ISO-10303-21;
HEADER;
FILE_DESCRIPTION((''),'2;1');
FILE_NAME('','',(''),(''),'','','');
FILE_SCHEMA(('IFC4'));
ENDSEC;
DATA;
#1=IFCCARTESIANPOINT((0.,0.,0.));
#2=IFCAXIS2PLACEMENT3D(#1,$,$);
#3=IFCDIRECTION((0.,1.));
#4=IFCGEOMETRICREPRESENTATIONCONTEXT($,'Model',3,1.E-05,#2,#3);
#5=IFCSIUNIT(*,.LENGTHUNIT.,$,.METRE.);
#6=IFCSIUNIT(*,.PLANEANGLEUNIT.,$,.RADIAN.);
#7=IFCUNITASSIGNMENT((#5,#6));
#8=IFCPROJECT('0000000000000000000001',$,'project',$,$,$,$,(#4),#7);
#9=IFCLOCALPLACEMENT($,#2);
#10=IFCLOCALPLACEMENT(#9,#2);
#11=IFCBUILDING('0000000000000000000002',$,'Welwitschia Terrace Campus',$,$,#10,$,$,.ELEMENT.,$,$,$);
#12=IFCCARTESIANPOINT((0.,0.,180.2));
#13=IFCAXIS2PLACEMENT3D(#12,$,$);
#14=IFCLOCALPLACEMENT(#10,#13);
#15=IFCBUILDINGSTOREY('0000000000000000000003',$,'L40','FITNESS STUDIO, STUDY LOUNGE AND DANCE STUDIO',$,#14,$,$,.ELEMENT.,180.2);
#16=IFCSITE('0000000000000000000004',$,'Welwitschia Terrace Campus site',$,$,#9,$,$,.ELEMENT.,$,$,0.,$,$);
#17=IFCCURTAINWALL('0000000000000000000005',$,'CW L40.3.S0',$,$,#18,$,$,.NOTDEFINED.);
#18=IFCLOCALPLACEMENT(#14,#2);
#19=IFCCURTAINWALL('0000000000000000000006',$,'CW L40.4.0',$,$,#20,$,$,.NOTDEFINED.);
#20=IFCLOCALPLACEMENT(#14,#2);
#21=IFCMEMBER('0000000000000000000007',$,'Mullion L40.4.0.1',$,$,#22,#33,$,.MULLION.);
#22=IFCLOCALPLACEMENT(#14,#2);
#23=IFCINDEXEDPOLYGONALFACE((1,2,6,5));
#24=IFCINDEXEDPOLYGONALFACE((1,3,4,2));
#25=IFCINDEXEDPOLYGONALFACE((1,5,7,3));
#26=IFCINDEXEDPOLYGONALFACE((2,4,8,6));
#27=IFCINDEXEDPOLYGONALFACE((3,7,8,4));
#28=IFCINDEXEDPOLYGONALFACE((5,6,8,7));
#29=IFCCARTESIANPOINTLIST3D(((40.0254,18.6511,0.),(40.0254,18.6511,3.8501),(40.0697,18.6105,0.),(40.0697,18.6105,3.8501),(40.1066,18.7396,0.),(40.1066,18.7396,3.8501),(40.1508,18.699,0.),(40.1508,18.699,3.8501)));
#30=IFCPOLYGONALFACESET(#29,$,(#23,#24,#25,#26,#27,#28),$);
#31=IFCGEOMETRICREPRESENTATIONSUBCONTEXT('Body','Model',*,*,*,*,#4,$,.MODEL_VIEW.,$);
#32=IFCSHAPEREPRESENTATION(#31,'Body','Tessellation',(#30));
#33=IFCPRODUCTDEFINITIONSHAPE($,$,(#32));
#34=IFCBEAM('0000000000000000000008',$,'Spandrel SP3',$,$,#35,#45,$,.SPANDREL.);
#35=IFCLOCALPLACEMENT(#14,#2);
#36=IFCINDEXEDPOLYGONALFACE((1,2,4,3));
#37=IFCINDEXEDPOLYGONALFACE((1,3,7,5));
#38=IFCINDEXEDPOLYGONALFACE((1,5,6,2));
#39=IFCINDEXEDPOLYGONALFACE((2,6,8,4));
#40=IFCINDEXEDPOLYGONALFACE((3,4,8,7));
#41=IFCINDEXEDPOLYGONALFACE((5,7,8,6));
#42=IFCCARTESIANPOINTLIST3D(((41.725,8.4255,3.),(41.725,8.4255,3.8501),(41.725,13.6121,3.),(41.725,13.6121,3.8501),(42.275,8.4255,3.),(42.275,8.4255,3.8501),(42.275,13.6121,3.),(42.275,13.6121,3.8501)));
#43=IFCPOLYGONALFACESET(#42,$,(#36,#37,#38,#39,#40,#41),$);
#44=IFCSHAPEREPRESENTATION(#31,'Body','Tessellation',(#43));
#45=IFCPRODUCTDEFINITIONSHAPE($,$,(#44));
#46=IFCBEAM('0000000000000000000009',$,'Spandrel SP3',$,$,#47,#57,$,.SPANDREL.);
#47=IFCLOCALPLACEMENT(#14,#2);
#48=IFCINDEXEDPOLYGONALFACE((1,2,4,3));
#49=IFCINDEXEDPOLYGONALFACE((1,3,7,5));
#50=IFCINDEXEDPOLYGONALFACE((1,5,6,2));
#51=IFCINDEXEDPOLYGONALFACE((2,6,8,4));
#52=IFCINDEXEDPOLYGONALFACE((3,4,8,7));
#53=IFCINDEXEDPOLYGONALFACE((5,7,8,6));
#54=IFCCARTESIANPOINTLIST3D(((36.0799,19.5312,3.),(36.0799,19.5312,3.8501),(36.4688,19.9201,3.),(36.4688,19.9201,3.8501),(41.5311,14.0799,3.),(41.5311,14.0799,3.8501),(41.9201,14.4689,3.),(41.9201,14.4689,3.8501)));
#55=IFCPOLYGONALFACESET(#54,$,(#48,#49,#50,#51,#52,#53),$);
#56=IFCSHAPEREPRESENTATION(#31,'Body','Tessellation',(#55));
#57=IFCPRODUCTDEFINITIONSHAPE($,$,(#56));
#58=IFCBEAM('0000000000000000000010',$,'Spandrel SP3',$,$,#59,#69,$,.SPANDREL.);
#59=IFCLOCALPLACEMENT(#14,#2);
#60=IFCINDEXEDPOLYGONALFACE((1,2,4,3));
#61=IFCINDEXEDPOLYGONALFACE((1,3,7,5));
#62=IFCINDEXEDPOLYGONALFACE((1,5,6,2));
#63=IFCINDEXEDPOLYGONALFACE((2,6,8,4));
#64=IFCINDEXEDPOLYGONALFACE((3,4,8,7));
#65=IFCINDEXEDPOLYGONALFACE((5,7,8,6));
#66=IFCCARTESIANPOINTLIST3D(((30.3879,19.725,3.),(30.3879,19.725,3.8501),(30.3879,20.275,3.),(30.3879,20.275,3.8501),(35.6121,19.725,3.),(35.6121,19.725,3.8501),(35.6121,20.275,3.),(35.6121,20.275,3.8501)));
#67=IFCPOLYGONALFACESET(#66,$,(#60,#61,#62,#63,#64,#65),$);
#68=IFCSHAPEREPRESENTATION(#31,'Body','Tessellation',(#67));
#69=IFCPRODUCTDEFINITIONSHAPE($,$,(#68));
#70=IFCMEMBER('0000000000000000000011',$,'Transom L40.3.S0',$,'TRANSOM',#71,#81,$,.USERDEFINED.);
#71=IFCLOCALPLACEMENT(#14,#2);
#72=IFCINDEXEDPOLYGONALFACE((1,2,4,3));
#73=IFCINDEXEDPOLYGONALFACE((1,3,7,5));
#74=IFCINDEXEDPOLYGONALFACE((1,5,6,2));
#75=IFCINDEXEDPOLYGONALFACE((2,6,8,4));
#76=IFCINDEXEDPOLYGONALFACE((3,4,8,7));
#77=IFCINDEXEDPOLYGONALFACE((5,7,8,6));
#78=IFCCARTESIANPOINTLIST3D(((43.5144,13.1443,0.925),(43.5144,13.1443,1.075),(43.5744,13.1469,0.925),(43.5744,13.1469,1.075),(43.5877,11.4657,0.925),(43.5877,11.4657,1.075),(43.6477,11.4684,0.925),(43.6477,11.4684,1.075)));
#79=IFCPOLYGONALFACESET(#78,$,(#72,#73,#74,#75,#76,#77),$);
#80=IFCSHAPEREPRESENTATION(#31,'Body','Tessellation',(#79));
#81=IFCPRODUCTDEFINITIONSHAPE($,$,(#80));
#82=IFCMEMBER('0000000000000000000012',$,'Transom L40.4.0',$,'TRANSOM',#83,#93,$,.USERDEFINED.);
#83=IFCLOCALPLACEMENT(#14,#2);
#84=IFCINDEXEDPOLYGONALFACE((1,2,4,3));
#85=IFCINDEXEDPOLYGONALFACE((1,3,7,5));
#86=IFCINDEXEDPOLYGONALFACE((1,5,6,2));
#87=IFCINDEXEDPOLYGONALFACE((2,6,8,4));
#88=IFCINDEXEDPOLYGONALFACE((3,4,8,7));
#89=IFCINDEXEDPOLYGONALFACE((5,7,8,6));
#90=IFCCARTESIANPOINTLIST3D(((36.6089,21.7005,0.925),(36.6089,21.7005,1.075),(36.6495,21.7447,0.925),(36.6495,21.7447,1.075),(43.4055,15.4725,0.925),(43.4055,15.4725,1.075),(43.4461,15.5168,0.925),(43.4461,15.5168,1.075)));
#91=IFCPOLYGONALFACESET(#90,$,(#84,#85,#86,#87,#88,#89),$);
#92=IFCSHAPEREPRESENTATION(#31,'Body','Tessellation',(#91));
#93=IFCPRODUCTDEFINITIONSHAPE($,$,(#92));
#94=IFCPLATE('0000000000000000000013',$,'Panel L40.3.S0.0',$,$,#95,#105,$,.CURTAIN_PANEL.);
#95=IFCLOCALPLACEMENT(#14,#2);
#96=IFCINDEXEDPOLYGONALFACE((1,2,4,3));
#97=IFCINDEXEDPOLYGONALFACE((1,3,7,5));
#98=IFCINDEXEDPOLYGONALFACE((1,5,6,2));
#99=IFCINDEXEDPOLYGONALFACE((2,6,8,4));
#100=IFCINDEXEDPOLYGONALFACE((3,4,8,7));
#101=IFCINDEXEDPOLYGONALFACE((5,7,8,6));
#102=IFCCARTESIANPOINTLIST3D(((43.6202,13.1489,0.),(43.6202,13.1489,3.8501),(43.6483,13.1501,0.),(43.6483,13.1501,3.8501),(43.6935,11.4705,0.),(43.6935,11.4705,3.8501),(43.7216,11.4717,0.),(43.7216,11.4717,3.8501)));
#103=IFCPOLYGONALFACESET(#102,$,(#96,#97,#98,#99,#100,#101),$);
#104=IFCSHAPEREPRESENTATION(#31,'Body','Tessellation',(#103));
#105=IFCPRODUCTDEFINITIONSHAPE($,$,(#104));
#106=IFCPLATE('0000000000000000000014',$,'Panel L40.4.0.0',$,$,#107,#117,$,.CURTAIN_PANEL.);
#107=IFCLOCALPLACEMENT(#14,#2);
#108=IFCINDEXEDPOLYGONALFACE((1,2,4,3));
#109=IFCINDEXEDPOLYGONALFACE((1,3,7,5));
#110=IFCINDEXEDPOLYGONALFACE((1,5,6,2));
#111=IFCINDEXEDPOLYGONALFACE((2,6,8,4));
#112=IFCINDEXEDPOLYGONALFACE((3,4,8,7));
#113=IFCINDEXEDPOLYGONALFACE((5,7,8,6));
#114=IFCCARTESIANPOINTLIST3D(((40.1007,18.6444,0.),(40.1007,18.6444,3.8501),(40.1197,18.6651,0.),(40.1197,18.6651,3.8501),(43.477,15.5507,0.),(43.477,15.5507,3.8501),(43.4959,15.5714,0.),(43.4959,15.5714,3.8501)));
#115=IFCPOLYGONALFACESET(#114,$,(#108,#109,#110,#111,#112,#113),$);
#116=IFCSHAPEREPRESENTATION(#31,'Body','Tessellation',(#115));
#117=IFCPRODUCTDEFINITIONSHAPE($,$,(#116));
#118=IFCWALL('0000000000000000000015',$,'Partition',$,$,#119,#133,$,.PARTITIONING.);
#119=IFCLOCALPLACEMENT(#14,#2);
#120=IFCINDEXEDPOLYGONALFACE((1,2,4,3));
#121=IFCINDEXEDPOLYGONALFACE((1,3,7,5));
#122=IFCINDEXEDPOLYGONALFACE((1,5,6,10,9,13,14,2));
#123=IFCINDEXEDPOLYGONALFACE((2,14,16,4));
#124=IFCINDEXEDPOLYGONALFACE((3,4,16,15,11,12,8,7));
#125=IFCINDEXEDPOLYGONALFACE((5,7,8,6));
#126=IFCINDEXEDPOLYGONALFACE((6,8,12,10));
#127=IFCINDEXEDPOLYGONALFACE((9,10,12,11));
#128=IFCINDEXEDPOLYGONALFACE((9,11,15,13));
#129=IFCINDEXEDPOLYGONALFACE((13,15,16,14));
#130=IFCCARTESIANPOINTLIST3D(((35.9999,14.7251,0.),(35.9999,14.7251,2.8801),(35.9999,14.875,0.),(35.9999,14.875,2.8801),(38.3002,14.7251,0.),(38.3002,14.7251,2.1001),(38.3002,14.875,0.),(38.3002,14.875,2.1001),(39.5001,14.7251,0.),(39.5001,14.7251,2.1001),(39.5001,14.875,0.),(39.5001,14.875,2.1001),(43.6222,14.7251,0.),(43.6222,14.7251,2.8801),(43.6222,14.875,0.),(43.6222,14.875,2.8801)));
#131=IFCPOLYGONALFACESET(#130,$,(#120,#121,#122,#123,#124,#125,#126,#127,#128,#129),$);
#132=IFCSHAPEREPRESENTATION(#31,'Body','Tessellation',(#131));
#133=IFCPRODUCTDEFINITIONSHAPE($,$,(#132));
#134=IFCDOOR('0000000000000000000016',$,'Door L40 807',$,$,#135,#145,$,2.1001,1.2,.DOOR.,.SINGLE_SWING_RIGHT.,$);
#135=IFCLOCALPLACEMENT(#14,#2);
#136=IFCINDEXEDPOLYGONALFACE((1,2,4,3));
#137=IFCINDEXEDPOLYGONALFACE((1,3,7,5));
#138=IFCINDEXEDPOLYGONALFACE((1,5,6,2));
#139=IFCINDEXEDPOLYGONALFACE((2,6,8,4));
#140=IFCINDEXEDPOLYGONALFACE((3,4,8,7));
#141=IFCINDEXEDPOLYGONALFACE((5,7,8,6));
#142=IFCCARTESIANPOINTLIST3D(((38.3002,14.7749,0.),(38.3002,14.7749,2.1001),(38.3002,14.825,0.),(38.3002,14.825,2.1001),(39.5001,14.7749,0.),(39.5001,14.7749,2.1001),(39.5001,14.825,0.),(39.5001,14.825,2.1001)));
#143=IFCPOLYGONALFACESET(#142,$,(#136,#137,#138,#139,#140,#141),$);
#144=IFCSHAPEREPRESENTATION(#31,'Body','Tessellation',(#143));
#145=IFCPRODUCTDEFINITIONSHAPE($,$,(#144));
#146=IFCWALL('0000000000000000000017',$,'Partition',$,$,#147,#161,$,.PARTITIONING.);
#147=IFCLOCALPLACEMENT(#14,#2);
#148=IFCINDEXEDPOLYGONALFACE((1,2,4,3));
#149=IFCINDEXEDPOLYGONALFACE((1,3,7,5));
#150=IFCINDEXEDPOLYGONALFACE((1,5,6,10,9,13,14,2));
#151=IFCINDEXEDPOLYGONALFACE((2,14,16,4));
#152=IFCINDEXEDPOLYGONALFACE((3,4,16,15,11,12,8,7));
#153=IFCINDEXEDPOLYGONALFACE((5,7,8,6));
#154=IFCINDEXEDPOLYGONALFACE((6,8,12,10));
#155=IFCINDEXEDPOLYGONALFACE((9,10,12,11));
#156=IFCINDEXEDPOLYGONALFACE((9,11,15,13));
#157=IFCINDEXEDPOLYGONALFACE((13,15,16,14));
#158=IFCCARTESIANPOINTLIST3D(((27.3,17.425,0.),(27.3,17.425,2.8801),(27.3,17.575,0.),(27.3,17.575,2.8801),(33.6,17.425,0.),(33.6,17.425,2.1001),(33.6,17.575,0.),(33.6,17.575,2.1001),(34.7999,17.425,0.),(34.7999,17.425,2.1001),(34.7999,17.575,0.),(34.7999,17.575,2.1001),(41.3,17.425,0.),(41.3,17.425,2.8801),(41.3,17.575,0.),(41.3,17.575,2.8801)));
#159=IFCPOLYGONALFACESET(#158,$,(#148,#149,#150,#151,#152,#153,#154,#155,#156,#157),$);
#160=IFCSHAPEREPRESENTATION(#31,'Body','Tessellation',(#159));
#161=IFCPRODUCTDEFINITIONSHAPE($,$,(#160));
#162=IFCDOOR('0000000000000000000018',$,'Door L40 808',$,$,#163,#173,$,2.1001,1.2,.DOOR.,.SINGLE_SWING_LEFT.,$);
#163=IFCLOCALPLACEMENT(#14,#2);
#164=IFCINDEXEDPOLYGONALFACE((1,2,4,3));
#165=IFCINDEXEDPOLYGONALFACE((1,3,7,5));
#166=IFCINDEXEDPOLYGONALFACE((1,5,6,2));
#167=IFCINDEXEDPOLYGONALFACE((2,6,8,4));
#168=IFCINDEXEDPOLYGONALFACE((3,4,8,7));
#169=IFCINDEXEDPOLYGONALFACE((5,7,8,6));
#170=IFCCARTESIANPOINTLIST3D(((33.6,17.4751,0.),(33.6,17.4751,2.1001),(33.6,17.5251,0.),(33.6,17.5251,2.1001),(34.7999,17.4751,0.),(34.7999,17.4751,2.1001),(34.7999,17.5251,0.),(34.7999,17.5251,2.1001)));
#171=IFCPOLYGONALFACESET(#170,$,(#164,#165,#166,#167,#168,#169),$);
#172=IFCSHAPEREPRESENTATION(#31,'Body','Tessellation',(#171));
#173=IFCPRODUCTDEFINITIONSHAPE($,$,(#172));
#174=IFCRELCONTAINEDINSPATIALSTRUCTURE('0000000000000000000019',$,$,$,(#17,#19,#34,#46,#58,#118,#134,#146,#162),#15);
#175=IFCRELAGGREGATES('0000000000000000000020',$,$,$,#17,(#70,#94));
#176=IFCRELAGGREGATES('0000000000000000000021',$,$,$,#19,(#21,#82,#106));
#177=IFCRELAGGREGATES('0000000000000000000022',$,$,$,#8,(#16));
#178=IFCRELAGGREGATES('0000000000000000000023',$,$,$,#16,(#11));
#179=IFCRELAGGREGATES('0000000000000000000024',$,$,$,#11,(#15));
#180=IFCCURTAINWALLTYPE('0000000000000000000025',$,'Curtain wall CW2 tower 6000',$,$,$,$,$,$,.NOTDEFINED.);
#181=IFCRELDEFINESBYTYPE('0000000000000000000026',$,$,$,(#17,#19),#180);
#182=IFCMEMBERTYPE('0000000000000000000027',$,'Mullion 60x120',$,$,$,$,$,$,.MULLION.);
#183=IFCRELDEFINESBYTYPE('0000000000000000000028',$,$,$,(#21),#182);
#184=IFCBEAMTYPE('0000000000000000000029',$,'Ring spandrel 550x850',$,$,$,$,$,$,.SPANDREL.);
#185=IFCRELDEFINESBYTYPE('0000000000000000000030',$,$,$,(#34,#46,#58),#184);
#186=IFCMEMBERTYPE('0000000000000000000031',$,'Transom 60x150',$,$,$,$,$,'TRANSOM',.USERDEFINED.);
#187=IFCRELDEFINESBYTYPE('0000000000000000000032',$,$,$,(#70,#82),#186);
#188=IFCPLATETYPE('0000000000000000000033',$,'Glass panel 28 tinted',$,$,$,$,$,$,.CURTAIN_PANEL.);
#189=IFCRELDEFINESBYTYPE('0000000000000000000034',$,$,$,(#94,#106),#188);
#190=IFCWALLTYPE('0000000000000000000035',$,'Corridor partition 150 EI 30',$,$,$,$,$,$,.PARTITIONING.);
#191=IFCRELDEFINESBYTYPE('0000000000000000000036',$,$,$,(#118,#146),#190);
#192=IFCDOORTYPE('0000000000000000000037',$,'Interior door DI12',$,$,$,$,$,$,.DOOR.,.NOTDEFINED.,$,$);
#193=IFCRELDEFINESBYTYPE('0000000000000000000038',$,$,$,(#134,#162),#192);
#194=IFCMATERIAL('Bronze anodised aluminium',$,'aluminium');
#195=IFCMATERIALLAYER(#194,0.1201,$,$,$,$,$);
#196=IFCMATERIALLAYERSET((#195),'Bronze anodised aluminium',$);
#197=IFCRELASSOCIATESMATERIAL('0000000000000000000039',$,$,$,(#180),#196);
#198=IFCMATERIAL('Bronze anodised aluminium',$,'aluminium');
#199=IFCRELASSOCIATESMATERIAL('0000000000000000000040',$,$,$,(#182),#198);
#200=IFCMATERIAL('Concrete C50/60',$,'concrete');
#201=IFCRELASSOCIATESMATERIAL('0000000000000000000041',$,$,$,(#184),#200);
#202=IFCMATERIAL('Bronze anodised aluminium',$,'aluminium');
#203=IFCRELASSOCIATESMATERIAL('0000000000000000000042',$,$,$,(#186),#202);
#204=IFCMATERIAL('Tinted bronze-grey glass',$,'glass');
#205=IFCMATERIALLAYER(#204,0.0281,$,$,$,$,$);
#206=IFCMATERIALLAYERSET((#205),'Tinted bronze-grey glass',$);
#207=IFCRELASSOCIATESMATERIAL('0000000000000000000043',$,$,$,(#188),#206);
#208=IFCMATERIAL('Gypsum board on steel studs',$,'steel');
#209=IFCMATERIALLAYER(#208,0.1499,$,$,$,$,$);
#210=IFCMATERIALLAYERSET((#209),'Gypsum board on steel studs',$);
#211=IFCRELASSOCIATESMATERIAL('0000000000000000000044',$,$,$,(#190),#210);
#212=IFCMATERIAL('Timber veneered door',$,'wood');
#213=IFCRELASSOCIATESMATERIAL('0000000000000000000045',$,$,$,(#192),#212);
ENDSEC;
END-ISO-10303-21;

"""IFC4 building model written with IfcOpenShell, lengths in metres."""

from ifc_helpers import new_model, si_unit, direction, frame, frame_2d, origin, origin_2d, place, context, subcontext, project, spatial, rectangle, extrude, material, layer, layer_set, material_profile, profile_set, type_object, element, fill, aggregate, save


model = new_model("IFC4")

# Units and contexts
model_context = context("Model", 3, precision=1e-05, world=origin(), true_north=direction((0.0, 1.0)))
body_context = subcontext(model_context, "Body", "Model", "MODEL_VIEW")
ifc_project = project(units=[si_unit("LENGTHUNIT", "METRE"), si_unit("PLANEANGLEUNIT", "RADIAN")], contexts=[model_context])

# Site, building, storey
site_placement = place(None, origin())
site = spatial("IfcSite", under=ifc_project, at=site_placement, Name="Welwitschia Terrace Campus site", CompositionType="ELEMENT", RefElevation=0.0)
building_placement = place(site_placement, origin())
building = spatial("IfcBuilding", under=site, at=building_placement, Name="Welwitschia Terrace Campus", CompositionType="ELEMENT")
storey_placement = place(building_placement, frame((0.0, 0.0, 180.2)))
storey = spatial("IfcBuildingStorey", under=building, at=storey_placement, Name="L40", Description="FITNESS STUDIO, STUDY LOUNGE AND DANCE STUDIO", CompositionType="ELEMENT", Elevation=180.2)

# Curtain walls, member
ifc_material_1 = material(Name="Bronze anodised aluminium", Category="aluminium")
ifc_layer_1 = layer(ifc_material_1, 0.1201)
ifc_layer_set_1 = layer_set([ifc_layer_1], Name="Bronze anodised aluminium")
curtain_wall_type = type_object("IfcCurtainWallType", Name="Curtain wall CW2 tower 6000", PredefinedType="NOTDEFINED", material=ifc_layer_set_1)
curtain_wall_1_placement = place(storey_placement, origin())
curtain_wall_1 = element("IfcCurtainWall", 1, at=curtain_wall_1_placement, inside=storey, type_object=curtain_wall_type, Name="CW L40.3.S0", PredefinedType="NOTDEFINED")
ifc_material_2 = material(Name="Bronze anodised aluminium", Category="aluminium")
ifc_material_profile_1 = material_profile(ifc_material_2, rectangle(XDim=0.1201, YDim=0.0601, at=origin_2d()))
ifc_profile_set_1 = profile_set([ifc_material_profile_1], Name="Bronze anodised aluminium")
member_type_1 = type_object("IfcMemberType", Name="Mullion 60x120", PredefinedType="MULLION", material=ifc_profile_set_1)
curtain_wall_2_placement = place(storey_placement, origin())
curtain_wall_2 = element("IfcCurtainWall", 2, at=curtain_wall_2_placement, inside=storey, type_object=curtain_wall_type, Name="CW L40.4.0", PredefinedType="NOTDEFINED")
member_1_placement = place(storey_placement, frame((40.0881, 18.675, 0.0), z_axis=(0.0, 0.0, 1.0), x_axis=(-0.67559, -0.737277, 0.0)))
member_1 = element("IfcMember", 3, at=member_1_placement, type_object=member_type_1, Name="Mullion L40.4.0.1", PredefinedType="MULLION", context=body_context, shape_type="SweptSolid", body=[
    extrude(rectangle(XDim=0.1201, YDim=0.0601, at=origin_2d()), origin(), (0.0, 0.0, 1.0), 3.8501),
])

# Beams
ifc_material_3 = material(Name="Concrete C50/60", Category="concrete")
ifc_material_profile_2 = material_profile(ifc_material_3, rectangle(XDim=0.55, YDim=0.8501, at=origin_2d()))
ifc_profile_set_2 = profile_set([ifc_material_profile_2], Name="Concrete C50/60")
beam_type_1 = type_object("IfcBeamType", Name="Ring spandrel 550x850", PredefinedType="SPANDREL", material=ifc_profile_set_2)
beam_1_placement = place(storey_placement, frame((42.0, 8.4255, 3.425), z_axis=(0.0, 1.0, 0.0), x_axis=(-1.0, 0.0, 0.0)))
element("IfcBeam", 4, at=beam_1_placement, inside=storey, type_object=beam_type_1, Name="Spandrel SP3", PredefinedType="SPANDREL", context=body_context, shape_type="SweptSolid", body=[
    extrude(rectangle(XDim=0.55, YDim=0.8501, at=origin_2d()), origin(), (0.0, 0.0, 1.0), 5.1865),
])
beam_2_placement = place(storey_placement, frame((41.7256, 14.2744, 3.425), z_axis=(-0.707107, 0.707107, 0.0), x_axis=(-0.707107, -0.707107, 0.0)))
element("IfcBeam", 5, at=beam_2_placement, inside=storey, type_object=beam_type_1, Name="Spandrel SP3", PredefinedType="SPANDREL", context=body_context, shape_type="SweptSolid", body=[
    extrude(rectangle(XDim=0.55, YDim=0.8501, at=origin_2d()), origin(), (0.0, 0.0, 1.0), 7.7092),
])
beam_3_placement = place(storey_placement, frame((35.6121, 20.0, 3.425), z_axis=(-1.0, 0.0, 0.0), x_axis=(0.0, -1.0, 0.0)))
element("IfcBeam", 6, at=beam_3_placement, inside=storey, type_object=beam_type_1, Name="Spandrel SP3", PredefinedType="SPANDREL", context=body_context, shape_type="SweptSolid", body=[
    extrude(rectangle(XDim=0.55, YDim=0.8501, at=origin_2d()), origin(), (0.0, 0.0, 1.0), 5.2241),
])

# Members
ifc_material_4 = material(Name="Bronze anodised aluminium", Category="aluminium")
ifc_material_profile_3 = material_profile(ifc_material_4, rectangle(XDim=0.0601, YDim=0.1499, at=origin_2d()))
ifc_profile_set_3 = profile_set([ifc_material_profile_3], Name="Bronze anodised aluminium")
member_type_2 = type_object("IfcMemberType", Name="Transom 60x150", ElementType="TRANSOM", PredefinedType="USERDEFINED", material=ifc_profile_set_3)
member_2_placement = place(storey_placement, frame((43.6177, 11.467, 1.0), z_axis=(-0.043595, 0.999049, 0.0), x_axis=(-0.999049, -0.043595, 0.0)))
member_2 = element("IfcMember", 7, at=member_2_placement, type_object=member_type_2, Name="Transom L40.3.S0", ObjectType="TRANSOM", PredefinedType="USERDEFINED", context=body_context, shape_type="SweptSolid", body=[
    extrude(rectangle(XDim=0.0601, YDim=0.1499, at=origin_2d()), origin(), (0.0, 0.0, 1.0), 1.6802),
])
member_3_placement = place(storey_placement, frame((43.4258, 15.4946, 1.0), z_axis=(-0.737274, 0.675594, 0.0), x_axis=(-0.675594, -0.737274, 0.0)))
member_3 = element("IfcMember", 8, at=member_3_placement, type_object=member_type_2, Name="Transom L40.4.0", ObjectType="TRANSOM", PredefinedType="USERDEFINED", context=body_context, shape_type="SweptSolid", body=[
    extrude(rectangle(XDim=0.0601, YDim=0.1499, at=origin_2d()), origin(), (0.0, 0.0, 1.0), 9.2185),
])

# Plates
ifc_material_5 = material(Name="Tinted bronze-grey glass", Category="glass")
ifc_layer_2 = layer(ifc_material_5, 0.0281)
ifc_layer_set_2 = layer_set([ifc_layer_2], Name="Tinted bronze-grey glass")
plate_type = type_object("IfcPlateType", Name="Glass panel 28 tinted", PredefinedType="CURTAIN_PANEL", material=ifc_layer_set_2)
plate_1_placement = place(storey_placement, frame((43.6709, 12.3103, 0.0), z_axis=(0.0, 0.0, 1.0), x_axis=(-0.043619, 0.999048, 0.0)))
plate_1 = element("IfcPlate", 9, at=plate_1_placement, type_object=plate_type, Name="Panel L40.3.S0.0", PredefinedType="CURTAIN_PANEL", context=body_context, shape_type="SweptSolid", body=[
    extrude(rectangle(XDim=1.6799, YDim=0.0281, at=origin_2d()), origin(), (0.0, 0.0, 1.0), 3.8501),
])
aggregate(curtain_wall_1, [member_2, plate_1])
plate_2_placement = place(storey_placement, frame((41.7983, 17.1079, 0.0), z_axis=(0.0, 0.0, 1.0), x_axis=(-0.737277, 0.67559, 0.0)))
plate_2 = element("IfcPlate", 10, at=plate_2_placement, type_object=plate_type, Name="Panel L40.4.0.0", PredefinedType="CURTAIN_PANEL", context=body_context, shape_type="SweptSolid", body=[
    extrude(rectangle(XDim=4.5793, YDim=0.0281, at=origin_2d()), origin(), (0.0, 0.0, 1.0), 3.8501),
])
aggregate(curtain_wall_2, [member_1, member_3, plate_2])

# Walls, openings, doors
ifc_material_6 = material(Name="Gypsum board on steel studs", Category="steel")
ifc_layer_3 = layer(ifc_material_6, 0.1499)
ifc_layer_set_3 = layer_set([ifc_layer_3], Name="Gypsum board on steel studs")
wall_type_1 = type_object("IfcWallType", Name="Corridor partition 150 EI 30", PredefinedType="PARTITIONING", material=ifc_layer_set_3)
wall_1_placement = place(storey_placement, frame((36.0, 14.8, 0.0), z_axis=(0.0, 0.0, 1.0), x_axis=(1.0, 0.0, 0.0)))
wall_1 = element("IfcWall", 11, at=wall_1_placement, inside=storey, type_object=wall_type_1, Name="Partition", PredefinedType="PARTITIONING", context=body_context, shape_type="SweptSolid", body=[
    extrude(rectangle(XDim=7.6223, YDim=0.1499, at=frame_2d((3.811, 0.0))), origin(), (0.0, 0.0, 1.0), 2.8801),
])
opening_1_placement = place(wall_1_placement, frame((2.3, 0.0, 0.0)))
opening_1 = element("IfcOpeningElement", 12, at=opening_1_placement, cuts=wall_1, PredefinedType="OPENING", context=body_context, shape_type="SweptSolid", body=[
    extrude(rectangle(XDim=1.2, YDim=2.1001, at=frame_2d((0.6001, 1.05))), frame((0.0, 0.085, 0.0), z_axis=(0.0, -1.0, 0.0), x_axis=(1.0, 0.0, 0.0)), (0.0, 0.0, 1.0), 0.1699),
])
ifc_material_7 = material(Name="Timber veneered door", Category="wood")
door_type = type_object("IfcDoorType", Name="Interior door DI12", OperationType="NOTDEFINED", PredefinedType="DOOR", material=ifc_material_7)
door_1_placement = place(opening_1_placement, origin())
door_1 = element("IfcDoor", 13, at=door_1_placement, inside=storey, type_object=door_type, Name="Door L40 807", OperationType="SINGLE_SWING_RIGHT", OverallHeight=2.1001, OverallWidth=1.2, PredefinedType="DOOR", context=body_context, shape_type="SweptSolid", body=[
    extrude(rectangle(XDim=1.2, YDim=2.1001, at=frame_2d((0.6001, 1.05))), frame((0.0, 0.0249, 0.0), z_axis=(0.0, -1.0, 0.0), x_axis=(1.0, 0.0, 0.0)), (0.0, 0.0, 1.0), 0.05),
])
fill(opening_1, door_1)
wall_2_placement = place(storey_placement, frame((41.3, 17.5, 0.0), z_axis=(0.0, 0.0, 1.0), x_axis=(-1.0, 0.0, 0.0)))
wall_2 = element("IfcWall", 14, at=wall_2_placement, inside=storey, type_object=wall_type_1, Name="Partition", PredefinedType="PARTITIONING", context=body_context, shape_type="SweptSolid", body=[
    extrude(rectangle(XDim=14.0, YDim=0.1499, at=frame_2d((7.0, 0.0))), origin(), (0.0, 0.0, 1.0), 2.8801),
])
opening_2_placement = place(wall_2_placement, frame((6.5, 0.0, 0.0)))
opening_2 = element("IfcOpeningElement", 15, at=opening_2_placement, cuts=wall_2, PredefinedType="OPENING", context=body_context, shape_type="SweptSolid", body=[
    extrude(rectangle(XDim=1.2, YDim=2.1001, at=frame_2d((0.6001, 1.05))), frame((0.0, 0.085, 0.0), z_axis=(0.0, -1.0, 0.0), x_axis=(1.0, 0.0, 0.0)), (0.0, 0.0, 1.0), 0.1699),
])
door_2_placement = place(opening_2_placement, origin())
door_2 = element("IfcDoor", 16, at=door_2_placement, inside=storey, type_object=door_type, Name="Door L40 808", OperationType="SINGLE_SWING_LEFT", OverallHeight=2.1001, OverallWidth=1.2, PredefinedType="DOOR", context=body_context, shape_type="SweptSolid", body=[
    extrude(rectangle(XDim=1.2, YDim=2.1001, at=frame_2d((0.6001, 1.05))), frame((0.0, 0.0249, 0.0), z_axis=(0.0, -1.0, 0.0), x_axis=(1.0, 0.0, 0.0)), (0.0, 0.0, 1.0), 0.05),
])
fill(opening_2, door_2)

save(model, "model.ifc")
